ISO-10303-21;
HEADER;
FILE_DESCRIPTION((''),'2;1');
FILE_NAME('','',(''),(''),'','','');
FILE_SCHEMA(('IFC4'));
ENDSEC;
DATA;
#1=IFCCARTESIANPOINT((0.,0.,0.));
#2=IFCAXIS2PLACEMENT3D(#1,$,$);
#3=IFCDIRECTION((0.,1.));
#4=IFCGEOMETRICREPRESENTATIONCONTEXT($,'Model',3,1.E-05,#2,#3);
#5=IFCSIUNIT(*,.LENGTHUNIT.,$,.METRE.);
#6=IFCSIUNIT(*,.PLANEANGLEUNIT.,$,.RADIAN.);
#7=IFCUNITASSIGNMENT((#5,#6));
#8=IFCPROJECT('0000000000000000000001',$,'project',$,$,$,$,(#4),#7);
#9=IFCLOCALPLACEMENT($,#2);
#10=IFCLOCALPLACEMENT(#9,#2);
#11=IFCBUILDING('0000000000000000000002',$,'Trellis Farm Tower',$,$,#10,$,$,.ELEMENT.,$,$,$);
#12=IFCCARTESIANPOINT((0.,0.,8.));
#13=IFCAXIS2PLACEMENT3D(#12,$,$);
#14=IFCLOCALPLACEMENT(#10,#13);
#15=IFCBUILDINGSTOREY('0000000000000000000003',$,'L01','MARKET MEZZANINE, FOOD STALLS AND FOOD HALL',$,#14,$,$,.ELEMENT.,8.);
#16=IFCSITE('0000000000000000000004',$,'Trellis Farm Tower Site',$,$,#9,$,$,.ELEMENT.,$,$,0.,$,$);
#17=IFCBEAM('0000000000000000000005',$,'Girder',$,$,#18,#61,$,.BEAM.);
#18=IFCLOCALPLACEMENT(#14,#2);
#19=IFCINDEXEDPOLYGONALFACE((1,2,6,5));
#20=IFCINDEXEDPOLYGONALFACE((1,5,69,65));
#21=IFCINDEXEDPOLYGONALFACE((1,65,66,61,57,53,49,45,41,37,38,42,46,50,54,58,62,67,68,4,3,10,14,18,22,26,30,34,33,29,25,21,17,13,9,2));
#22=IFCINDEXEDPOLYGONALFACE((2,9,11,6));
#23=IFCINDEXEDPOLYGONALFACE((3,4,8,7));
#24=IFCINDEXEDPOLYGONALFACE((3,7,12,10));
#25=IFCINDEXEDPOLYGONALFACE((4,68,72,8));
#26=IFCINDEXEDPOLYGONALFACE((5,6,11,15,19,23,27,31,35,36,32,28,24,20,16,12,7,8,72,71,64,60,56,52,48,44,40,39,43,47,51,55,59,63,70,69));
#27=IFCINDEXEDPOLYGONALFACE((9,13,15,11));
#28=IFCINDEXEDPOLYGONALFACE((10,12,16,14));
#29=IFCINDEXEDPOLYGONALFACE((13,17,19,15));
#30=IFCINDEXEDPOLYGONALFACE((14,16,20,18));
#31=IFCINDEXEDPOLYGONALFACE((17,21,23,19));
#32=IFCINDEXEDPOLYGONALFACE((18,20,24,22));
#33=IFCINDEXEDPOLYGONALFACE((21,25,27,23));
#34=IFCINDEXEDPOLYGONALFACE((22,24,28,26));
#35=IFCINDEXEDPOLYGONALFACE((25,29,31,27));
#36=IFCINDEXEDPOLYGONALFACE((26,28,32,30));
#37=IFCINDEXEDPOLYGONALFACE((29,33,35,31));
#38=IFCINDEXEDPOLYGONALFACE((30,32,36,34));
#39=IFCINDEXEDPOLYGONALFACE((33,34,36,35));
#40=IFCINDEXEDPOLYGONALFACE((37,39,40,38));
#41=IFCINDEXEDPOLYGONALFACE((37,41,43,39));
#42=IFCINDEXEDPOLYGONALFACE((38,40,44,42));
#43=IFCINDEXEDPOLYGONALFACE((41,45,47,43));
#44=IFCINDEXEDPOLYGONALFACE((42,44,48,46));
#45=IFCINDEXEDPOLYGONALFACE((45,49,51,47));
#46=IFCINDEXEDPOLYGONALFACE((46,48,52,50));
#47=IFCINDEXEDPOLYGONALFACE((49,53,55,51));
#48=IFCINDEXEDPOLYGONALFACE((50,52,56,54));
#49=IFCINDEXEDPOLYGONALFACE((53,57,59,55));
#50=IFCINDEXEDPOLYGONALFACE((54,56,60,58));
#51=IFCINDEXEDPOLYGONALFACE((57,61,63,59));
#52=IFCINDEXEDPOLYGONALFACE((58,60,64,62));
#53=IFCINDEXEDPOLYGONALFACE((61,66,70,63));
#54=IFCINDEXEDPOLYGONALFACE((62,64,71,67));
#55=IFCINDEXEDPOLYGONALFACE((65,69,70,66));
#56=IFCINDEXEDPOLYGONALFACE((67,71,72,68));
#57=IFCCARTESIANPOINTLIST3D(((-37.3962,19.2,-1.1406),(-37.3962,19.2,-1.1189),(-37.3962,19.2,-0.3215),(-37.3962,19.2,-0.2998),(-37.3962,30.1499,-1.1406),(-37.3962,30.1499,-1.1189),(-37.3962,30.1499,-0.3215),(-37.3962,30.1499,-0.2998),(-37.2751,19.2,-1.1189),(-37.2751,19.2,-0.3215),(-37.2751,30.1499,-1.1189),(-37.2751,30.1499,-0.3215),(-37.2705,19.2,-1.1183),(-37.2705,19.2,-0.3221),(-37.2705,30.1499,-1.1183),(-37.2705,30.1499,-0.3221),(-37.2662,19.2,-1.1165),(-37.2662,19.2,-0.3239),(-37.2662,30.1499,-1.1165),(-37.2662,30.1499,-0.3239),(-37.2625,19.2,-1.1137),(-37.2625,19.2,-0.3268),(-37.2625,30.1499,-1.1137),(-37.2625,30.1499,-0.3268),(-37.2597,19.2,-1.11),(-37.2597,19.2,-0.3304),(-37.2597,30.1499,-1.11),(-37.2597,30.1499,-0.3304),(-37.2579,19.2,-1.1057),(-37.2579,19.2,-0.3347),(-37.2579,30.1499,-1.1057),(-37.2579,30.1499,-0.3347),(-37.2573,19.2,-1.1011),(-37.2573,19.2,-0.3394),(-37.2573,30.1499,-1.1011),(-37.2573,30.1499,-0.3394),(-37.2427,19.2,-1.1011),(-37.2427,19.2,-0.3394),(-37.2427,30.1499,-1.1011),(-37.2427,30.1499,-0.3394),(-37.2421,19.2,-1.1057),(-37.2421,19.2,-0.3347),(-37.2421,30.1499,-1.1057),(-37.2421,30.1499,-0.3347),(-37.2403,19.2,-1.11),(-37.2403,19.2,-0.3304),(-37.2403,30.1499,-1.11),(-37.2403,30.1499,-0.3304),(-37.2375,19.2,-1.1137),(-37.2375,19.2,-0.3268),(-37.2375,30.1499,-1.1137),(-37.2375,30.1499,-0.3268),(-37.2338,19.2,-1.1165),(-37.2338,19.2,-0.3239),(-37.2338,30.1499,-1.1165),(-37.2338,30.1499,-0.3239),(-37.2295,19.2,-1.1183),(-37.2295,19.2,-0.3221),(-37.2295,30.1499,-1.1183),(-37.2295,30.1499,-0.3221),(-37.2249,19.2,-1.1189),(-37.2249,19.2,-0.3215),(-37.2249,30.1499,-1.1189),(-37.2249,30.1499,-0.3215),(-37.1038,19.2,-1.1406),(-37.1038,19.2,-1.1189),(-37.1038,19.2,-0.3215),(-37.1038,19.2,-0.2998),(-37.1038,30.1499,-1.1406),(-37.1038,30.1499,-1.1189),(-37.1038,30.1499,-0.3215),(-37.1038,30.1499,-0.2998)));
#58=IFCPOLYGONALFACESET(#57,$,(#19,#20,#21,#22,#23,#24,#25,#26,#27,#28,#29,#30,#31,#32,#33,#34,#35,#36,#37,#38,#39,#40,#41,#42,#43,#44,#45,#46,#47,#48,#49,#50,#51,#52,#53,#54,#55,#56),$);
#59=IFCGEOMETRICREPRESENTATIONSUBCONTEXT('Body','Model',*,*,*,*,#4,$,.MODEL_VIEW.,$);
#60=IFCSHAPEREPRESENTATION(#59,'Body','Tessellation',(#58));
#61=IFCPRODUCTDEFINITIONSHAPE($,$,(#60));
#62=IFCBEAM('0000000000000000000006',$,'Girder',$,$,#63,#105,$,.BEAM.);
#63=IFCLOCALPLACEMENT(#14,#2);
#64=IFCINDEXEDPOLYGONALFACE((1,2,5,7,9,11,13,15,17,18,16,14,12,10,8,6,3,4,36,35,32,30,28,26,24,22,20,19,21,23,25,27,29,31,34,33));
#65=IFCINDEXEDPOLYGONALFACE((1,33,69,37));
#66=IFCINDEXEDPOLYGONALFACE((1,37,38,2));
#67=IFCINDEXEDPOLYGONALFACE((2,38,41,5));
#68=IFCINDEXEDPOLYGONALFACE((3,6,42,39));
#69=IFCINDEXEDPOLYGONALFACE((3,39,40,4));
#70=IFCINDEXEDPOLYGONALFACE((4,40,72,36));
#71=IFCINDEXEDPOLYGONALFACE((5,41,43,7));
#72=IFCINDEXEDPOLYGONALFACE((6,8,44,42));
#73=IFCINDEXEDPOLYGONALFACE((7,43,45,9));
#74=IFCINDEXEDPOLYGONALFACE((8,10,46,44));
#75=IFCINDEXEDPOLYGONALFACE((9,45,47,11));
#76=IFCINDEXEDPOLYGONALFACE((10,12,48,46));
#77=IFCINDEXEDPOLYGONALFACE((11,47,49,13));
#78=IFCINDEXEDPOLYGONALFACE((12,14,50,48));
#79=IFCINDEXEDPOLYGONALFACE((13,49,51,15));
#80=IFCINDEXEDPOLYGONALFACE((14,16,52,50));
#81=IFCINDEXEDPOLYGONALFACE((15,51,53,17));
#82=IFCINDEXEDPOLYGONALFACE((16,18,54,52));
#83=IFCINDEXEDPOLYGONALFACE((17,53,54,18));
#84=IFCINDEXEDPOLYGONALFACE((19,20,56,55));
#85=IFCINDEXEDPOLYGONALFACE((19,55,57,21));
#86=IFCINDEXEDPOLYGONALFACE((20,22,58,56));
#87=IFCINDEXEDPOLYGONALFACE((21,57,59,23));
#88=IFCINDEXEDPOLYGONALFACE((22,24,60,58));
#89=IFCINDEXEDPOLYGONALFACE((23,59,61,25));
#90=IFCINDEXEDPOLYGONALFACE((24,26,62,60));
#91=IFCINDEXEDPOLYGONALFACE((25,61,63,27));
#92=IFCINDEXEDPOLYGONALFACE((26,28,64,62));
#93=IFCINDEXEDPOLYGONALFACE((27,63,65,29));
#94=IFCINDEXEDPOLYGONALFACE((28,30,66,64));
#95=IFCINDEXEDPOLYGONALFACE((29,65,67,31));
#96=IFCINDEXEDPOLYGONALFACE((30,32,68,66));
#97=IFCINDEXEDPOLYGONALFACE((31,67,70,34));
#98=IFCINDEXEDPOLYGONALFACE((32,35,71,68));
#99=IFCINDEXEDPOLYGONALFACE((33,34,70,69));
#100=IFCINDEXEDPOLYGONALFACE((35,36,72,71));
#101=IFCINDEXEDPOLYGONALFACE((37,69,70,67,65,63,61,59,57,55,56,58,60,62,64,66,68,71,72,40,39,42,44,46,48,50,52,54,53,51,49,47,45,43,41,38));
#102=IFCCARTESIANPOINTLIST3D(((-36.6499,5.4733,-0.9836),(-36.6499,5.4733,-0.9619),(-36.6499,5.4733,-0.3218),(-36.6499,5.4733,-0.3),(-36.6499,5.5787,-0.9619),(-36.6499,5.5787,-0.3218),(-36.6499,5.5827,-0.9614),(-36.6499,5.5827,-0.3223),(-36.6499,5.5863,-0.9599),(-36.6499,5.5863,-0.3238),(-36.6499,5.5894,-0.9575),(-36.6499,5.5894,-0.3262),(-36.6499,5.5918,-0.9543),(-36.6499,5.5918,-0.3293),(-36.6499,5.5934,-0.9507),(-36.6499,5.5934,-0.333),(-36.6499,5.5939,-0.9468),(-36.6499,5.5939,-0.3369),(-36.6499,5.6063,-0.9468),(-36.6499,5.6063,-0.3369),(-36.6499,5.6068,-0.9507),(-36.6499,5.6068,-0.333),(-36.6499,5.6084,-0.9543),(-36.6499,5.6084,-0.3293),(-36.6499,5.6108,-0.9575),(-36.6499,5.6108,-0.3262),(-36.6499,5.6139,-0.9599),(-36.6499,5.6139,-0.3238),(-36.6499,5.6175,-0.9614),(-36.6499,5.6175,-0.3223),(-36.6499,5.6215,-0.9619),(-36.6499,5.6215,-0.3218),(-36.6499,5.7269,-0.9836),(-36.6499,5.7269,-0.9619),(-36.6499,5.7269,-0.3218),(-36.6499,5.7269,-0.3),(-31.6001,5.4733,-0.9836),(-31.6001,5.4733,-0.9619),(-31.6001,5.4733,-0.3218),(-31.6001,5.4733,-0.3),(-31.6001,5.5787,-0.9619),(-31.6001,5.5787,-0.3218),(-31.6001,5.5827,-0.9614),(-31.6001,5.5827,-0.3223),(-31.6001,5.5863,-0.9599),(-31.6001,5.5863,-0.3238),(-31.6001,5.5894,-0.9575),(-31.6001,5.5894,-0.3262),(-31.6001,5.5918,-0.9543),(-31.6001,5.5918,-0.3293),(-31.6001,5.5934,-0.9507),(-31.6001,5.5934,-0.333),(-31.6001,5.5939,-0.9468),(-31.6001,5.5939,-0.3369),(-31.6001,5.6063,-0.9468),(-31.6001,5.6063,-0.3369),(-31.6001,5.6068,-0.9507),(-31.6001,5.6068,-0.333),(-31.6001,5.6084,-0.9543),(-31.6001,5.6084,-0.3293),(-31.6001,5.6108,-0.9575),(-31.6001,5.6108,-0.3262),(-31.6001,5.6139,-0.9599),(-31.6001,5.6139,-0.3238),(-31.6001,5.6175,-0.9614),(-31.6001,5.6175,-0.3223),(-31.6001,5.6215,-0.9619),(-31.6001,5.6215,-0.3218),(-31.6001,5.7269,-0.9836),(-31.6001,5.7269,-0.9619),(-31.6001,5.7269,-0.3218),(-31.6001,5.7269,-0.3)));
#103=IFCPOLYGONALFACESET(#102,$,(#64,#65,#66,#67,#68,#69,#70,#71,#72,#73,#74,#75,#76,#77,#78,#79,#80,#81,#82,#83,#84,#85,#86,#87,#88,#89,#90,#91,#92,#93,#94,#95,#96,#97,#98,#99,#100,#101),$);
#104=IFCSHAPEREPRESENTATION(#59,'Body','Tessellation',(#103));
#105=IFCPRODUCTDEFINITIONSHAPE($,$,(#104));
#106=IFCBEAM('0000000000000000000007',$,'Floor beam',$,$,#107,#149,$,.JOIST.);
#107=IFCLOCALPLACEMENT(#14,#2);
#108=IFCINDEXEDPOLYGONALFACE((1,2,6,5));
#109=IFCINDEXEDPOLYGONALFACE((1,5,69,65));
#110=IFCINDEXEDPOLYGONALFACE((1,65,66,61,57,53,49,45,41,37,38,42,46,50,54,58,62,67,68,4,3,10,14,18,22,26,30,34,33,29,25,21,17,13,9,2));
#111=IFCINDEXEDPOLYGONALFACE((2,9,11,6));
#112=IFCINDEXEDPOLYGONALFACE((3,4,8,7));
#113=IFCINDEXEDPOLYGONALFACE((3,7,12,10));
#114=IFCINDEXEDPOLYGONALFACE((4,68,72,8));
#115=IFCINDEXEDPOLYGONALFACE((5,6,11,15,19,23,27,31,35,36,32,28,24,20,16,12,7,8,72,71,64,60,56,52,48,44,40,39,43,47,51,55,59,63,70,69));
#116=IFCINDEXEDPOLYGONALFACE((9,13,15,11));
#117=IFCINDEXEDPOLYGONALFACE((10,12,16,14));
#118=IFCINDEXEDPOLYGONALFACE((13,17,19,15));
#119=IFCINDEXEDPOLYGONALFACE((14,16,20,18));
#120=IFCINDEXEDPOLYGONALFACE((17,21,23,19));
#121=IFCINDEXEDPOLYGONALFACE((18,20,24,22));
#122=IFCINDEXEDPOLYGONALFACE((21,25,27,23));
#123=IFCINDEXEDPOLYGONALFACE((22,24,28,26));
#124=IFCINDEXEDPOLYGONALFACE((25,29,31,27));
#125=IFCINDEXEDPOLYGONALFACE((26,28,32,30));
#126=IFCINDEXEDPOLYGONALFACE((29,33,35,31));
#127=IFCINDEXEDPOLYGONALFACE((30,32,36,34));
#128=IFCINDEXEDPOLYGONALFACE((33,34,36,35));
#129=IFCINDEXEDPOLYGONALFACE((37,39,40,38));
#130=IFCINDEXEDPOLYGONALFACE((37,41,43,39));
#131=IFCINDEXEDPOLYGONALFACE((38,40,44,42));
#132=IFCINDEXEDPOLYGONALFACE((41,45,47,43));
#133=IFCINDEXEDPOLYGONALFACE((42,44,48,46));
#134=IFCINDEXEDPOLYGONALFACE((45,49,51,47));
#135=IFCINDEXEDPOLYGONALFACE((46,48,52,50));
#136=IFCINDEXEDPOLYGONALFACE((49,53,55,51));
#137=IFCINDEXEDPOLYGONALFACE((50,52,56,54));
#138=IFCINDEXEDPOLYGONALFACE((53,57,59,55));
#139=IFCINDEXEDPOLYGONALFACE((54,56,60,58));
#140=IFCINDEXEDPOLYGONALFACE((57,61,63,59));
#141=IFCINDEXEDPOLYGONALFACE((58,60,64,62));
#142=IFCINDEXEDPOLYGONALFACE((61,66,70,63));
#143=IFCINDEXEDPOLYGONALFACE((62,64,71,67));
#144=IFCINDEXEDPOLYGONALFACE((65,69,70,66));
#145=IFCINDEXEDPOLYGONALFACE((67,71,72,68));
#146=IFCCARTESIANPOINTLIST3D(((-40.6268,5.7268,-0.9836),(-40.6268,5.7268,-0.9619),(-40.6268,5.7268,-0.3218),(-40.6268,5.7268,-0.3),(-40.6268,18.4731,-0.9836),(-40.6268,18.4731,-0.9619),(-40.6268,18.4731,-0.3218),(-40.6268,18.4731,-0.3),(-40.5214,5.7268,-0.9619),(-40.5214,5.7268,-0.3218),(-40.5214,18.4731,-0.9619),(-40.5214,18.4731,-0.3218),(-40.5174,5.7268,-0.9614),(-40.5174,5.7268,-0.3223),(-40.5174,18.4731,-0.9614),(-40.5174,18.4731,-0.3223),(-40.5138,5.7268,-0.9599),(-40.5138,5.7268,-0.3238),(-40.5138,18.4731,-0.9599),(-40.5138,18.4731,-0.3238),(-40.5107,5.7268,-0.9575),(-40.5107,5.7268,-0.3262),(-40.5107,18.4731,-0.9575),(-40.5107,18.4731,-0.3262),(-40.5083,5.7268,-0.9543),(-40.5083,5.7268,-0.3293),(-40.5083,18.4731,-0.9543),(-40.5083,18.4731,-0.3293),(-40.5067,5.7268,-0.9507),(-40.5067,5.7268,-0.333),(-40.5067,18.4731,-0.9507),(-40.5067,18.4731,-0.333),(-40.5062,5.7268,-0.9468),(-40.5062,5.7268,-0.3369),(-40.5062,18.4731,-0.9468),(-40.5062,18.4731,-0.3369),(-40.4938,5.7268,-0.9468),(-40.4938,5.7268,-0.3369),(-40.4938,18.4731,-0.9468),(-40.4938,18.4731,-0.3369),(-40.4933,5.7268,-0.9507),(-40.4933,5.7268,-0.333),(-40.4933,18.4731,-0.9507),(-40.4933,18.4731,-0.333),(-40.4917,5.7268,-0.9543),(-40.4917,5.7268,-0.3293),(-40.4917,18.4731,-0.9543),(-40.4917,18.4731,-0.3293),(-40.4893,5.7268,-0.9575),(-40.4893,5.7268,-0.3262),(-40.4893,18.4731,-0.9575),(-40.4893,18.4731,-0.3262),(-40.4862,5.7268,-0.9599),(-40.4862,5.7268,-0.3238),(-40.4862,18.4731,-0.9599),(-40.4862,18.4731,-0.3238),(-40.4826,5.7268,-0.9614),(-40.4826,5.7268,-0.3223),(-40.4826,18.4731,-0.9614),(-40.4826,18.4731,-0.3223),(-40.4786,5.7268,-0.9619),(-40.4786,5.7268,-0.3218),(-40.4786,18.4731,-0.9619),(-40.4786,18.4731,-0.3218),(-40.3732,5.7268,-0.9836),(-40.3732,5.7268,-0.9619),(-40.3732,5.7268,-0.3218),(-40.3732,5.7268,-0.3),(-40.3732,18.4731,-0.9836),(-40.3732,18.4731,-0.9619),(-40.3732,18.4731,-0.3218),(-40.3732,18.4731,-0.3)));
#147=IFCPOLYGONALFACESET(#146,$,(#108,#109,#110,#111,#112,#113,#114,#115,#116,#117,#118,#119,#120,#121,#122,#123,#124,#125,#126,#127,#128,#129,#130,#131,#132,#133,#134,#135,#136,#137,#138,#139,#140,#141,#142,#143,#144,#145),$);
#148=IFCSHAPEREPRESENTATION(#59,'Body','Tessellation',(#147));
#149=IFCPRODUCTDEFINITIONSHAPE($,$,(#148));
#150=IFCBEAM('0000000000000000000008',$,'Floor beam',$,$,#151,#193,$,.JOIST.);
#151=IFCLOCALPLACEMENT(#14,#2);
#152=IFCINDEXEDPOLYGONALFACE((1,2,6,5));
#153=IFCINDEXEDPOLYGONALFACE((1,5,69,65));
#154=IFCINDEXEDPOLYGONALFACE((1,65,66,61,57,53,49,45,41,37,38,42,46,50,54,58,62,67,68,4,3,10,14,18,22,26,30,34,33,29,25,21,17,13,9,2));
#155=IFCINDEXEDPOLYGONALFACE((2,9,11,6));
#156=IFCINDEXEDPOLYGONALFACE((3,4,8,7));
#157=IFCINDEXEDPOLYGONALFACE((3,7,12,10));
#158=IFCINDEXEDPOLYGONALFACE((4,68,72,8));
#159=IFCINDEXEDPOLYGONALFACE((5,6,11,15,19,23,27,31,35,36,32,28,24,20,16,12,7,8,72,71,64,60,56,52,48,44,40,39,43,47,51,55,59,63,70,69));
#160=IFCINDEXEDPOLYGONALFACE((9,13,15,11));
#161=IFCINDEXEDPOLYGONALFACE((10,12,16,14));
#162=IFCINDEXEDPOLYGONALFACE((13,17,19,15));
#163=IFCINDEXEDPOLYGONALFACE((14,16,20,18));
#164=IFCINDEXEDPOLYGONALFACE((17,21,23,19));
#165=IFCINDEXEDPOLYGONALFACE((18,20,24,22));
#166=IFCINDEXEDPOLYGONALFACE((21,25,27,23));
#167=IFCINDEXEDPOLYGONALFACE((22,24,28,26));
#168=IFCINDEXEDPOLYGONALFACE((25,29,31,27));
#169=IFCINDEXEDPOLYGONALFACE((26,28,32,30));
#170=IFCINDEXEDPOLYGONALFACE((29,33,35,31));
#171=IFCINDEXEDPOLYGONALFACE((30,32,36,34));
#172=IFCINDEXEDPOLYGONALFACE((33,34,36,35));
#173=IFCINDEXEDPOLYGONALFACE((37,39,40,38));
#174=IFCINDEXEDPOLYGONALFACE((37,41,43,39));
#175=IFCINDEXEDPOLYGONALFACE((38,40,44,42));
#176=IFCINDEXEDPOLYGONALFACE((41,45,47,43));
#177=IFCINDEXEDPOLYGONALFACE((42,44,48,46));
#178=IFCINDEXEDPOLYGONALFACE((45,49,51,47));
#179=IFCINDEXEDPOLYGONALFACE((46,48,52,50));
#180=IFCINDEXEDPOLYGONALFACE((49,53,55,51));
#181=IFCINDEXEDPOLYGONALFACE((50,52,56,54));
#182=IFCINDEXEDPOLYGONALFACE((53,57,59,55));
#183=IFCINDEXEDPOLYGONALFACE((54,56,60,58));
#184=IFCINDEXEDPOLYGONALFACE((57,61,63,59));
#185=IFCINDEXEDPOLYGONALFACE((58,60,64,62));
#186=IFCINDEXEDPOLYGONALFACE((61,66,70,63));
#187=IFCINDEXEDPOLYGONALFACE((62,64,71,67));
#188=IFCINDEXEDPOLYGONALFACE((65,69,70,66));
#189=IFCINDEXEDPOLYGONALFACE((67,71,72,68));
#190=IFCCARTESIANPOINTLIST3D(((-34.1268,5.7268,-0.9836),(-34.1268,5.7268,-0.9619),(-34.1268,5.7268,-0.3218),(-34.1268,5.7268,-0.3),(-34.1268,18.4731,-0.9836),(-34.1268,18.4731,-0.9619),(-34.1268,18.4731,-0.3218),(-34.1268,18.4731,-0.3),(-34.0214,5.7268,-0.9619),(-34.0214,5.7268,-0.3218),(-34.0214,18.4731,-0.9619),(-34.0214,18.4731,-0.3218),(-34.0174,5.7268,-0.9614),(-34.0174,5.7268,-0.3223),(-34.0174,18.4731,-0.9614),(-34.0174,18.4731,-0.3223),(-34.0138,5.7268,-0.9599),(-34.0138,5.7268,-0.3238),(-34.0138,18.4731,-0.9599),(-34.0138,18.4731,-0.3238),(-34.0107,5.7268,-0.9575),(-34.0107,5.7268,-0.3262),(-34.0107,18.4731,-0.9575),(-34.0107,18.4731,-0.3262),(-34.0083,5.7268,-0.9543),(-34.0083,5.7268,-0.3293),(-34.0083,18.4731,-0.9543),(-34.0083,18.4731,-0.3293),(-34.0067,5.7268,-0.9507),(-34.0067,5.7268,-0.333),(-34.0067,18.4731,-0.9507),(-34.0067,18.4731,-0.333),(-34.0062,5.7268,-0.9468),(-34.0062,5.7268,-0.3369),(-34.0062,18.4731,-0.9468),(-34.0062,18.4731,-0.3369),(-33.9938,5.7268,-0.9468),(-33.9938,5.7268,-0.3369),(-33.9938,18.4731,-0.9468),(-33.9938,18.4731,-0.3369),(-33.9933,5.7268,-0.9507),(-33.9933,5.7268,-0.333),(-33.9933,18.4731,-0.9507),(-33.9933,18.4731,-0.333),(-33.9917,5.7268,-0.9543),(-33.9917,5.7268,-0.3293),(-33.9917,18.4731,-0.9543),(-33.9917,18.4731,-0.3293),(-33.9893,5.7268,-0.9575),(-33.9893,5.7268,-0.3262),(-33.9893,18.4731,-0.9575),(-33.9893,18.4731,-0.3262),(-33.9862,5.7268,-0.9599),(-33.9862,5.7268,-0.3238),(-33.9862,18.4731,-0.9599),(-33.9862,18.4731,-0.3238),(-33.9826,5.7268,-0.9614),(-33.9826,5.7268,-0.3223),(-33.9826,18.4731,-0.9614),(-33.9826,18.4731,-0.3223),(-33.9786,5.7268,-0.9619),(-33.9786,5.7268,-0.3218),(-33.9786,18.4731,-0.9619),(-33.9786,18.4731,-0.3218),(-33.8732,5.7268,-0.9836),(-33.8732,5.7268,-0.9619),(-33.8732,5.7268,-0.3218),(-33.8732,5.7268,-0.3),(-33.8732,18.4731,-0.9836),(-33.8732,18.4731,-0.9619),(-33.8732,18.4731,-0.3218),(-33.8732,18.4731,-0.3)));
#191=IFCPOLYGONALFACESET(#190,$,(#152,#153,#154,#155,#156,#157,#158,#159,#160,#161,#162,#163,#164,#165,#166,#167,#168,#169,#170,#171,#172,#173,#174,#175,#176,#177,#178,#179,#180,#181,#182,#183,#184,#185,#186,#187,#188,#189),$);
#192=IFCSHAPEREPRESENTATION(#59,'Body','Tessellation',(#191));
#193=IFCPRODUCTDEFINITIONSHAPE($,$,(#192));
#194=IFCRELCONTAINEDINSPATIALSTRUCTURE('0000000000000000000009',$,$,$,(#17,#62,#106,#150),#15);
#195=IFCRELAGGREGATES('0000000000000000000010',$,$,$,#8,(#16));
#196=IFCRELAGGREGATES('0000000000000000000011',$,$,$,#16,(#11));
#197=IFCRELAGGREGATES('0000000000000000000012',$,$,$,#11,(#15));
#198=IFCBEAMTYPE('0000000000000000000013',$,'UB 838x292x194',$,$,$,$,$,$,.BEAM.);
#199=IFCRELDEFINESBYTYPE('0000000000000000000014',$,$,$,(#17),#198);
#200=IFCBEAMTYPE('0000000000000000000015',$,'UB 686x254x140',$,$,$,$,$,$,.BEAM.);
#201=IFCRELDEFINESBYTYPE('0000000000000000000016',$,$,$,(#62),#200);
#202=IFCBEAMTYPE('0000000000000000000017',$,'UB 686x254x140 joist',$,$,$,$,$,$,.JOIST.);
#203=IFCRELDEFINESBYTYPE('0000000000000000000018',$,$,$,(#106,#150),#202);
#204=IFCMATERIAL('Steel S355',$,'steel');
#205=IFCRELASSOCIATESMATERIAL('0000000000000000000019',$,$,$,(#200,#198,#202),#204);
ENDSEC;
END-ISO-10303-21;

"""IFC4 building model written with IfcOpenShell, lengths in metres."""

from ifc_helpers import new_model, si_unit, direction, frame, origin, origin_2d, place, context, subcontext, project, spatial, i_section, extrude, source, transform, mapped, material, material_profile, profile_set, type_object, element, save


model = new_model("IFC4")

# Units and contexts
model_context = context("Model", 3, precision=1e-05, world=origin(), true_north=direction((0.0, 1.0)))
body_context = subcontext(model_context, "Body", "Model", "MODEL_VIEW")
ifc_project = project(units=[si_unit("LENGTHUNIT", "METRE"), si_unit("PLANEANGLEUNIT", "RADIAN")], contexts=[model_context])

# Site, building, storey
site_placement = place(None, origin())
site = spatial("IfcSite", under=ifc_project, at=site_placement, Name="Trellis Farm Tower Site", CompositionType="ELEMENT", RefElevation=0.0)
building_placement = place(site_placement, origin())
building = spatial("IfcBuilding", under=site, at=building_placement, Name="Trellis Farm Tower", CompositionType="ELEMENT")
storey_placement = place(building_placement, frame((0.0, 0.0, 8.0)))
storey = spatial("IfcBuildingStorey", under=building, at=storey_placement, Name="L01", Description="MARKET MEZZANINE, FOOD STALLS AND FOOD HALL", CompositionType="ELEMENT", Elevation=8.0)

# Beams
ifc_material_1 = material(Name="Steel S355", Category="steel")
ifc_material_profile_1 = material_profile(ifc_material_1, i_section(OverallWidth=0.2537, OverallDepth=0.6836, WebThickness=0.0125, FlangeThickness=0.0217, FilletRadius=0.0151, at=origin_2d()), Name="UB 686x254x140")
ifc_profile_set_1 = profile_set([ifc_material_profile_1], Name="Steel S355")
beam_type_1 = type_object("IfcBeamType", Name="UB 686x254x140", PredefinedType="BEAM", material=ifc_profile_set_1)
ifc_material_profile_2 = material_profile(ifc_material_1, i_section(OverallWidth=0.2925, OverallDepth=0.8408, WebThickness=0.0146, FlangeThickness=0.0217, FilletRadius=0.0178, at=origin_2d()), Name="UB 838x292x194")
ifc_profile_set_2 = profile_set([ifc_material_profile_2], Name="Steel S355")
beam_type_2 = type_object("IfcBeamType", Name="UB 838x292x194", PredefinedType="BEAM", material=ifc_profile_set_2)
shared_shape_1 = source(origin(), body_context, "Body", "SweptSolid", [
    extrude(i_section(OverallWidth=0.2925, OverallDepth=0.8408, WebThickness=0.0146, FlangeThickness=0.0217, FilletRadius=0.0178, at=origin_2d()), origin(), (0.0, 0.0, 1.0), 10.95),
])
for number, where, z_axis, x_axis, name in (
    (1, (-37.25, 19.2, -0.7202), (0.0, 1.0, 0.0), (-1.0, 0.0, 0.0), "Girder"),
):
    element("IfcBeam", number, at=place(storey_placement, frame(where, z_axis=z_axis, x_axis=x_axis)), inside=storey, type_object=beam_type_2, Name=name, PredefinedType="BEAM", context=body_context, shape_type="MappedRepresentation", body=[
        mapped(shared_shape_1, transform((0.0, 0.0, 0.0))),
    ])
shared_shape_2 = source(origin(), body_context, "Body", "SweptSolid", [
    extrude(i_section(OverallWidth=0.2537, OverallDepth=0.6836, WebThickness=0.0125, FlangeThickness=0.0217, FilletRadius=0.0151, at=origin_2d()), origin(), (0.0, 0.0, 1.0), 5.0498),
])
beam_placement = place(storey_placement, frame((-36.6499, 5.6001, -0.6418), z_axis=(1.0, 0.0, 0.0), x_axis=(0.0, 1.0, 0.0)))
element("IfcBeam", 2, at=beam_placement, inside=storey, type_object=beam_type_1, Name="Girder", PredefinedType="BEAM", context=body_context, shape_type="MappedRepresentation", body=[
    mapped(shared_shape_2, transform((0.0, 0.0, 0.0))),
])
ifc_material_profile_3 = material_profile(ifc_material_1, i_section(OverallWidth=0.2537, OverallDepth=0.6836, WebThickness=0.0125, FlangeThickness=0.0217, FilletRadius=0.0151, at=origin_2d()), Name="UB 686x254x140")
ifc_profile_set_3 = profile_set([ifc_material_profile_3], Name="Steel S355")
beam_type_3 = type_object("IfcBeamType", Name="UB 686x254x140 joist", PredefinedType="JOIST", material=ifc_profile_set_3)
shared_shape_3 = source(origin(), body_context, "Body", "SweptSolid", [
    extrude(i_section(OverallWidth=0.2537, OverallDepth=0.6836, WebThickness=0.0125, FlangeThickness=0.0217, FilletRadius=0.0151, at=origin_2d()), origin(), (0.0, 0.0, 1.0), 12.7463),
])
for number, where, z_axis, x_axis, name in (
    (3, (-40.5, 5.7268, -0.6418), (0.0, 1.0, 0.0), (-1.0, 0.0, 0.0), "Floor beam"),
    (4, (-34.0, 5.7268, -0.6418), (0.0, 1.0, 0.0), (-1.0, 0.0, 0.0), "Floor beam"),
):
    element("IfcBeam", number, at=place(storey_placement, frame(where, z_axis=z_axis, x_axis=x_axis)), inside=storey, type_object=beam_type_3, Name=name, PredefinedType="JOIST", context=body_context, shape_type="MappedRepresentation", body=[
        mapped(shared_shape_3, transform((0.0, 0.0, 0.0))),
    ])

save(model, "model.ifc")
